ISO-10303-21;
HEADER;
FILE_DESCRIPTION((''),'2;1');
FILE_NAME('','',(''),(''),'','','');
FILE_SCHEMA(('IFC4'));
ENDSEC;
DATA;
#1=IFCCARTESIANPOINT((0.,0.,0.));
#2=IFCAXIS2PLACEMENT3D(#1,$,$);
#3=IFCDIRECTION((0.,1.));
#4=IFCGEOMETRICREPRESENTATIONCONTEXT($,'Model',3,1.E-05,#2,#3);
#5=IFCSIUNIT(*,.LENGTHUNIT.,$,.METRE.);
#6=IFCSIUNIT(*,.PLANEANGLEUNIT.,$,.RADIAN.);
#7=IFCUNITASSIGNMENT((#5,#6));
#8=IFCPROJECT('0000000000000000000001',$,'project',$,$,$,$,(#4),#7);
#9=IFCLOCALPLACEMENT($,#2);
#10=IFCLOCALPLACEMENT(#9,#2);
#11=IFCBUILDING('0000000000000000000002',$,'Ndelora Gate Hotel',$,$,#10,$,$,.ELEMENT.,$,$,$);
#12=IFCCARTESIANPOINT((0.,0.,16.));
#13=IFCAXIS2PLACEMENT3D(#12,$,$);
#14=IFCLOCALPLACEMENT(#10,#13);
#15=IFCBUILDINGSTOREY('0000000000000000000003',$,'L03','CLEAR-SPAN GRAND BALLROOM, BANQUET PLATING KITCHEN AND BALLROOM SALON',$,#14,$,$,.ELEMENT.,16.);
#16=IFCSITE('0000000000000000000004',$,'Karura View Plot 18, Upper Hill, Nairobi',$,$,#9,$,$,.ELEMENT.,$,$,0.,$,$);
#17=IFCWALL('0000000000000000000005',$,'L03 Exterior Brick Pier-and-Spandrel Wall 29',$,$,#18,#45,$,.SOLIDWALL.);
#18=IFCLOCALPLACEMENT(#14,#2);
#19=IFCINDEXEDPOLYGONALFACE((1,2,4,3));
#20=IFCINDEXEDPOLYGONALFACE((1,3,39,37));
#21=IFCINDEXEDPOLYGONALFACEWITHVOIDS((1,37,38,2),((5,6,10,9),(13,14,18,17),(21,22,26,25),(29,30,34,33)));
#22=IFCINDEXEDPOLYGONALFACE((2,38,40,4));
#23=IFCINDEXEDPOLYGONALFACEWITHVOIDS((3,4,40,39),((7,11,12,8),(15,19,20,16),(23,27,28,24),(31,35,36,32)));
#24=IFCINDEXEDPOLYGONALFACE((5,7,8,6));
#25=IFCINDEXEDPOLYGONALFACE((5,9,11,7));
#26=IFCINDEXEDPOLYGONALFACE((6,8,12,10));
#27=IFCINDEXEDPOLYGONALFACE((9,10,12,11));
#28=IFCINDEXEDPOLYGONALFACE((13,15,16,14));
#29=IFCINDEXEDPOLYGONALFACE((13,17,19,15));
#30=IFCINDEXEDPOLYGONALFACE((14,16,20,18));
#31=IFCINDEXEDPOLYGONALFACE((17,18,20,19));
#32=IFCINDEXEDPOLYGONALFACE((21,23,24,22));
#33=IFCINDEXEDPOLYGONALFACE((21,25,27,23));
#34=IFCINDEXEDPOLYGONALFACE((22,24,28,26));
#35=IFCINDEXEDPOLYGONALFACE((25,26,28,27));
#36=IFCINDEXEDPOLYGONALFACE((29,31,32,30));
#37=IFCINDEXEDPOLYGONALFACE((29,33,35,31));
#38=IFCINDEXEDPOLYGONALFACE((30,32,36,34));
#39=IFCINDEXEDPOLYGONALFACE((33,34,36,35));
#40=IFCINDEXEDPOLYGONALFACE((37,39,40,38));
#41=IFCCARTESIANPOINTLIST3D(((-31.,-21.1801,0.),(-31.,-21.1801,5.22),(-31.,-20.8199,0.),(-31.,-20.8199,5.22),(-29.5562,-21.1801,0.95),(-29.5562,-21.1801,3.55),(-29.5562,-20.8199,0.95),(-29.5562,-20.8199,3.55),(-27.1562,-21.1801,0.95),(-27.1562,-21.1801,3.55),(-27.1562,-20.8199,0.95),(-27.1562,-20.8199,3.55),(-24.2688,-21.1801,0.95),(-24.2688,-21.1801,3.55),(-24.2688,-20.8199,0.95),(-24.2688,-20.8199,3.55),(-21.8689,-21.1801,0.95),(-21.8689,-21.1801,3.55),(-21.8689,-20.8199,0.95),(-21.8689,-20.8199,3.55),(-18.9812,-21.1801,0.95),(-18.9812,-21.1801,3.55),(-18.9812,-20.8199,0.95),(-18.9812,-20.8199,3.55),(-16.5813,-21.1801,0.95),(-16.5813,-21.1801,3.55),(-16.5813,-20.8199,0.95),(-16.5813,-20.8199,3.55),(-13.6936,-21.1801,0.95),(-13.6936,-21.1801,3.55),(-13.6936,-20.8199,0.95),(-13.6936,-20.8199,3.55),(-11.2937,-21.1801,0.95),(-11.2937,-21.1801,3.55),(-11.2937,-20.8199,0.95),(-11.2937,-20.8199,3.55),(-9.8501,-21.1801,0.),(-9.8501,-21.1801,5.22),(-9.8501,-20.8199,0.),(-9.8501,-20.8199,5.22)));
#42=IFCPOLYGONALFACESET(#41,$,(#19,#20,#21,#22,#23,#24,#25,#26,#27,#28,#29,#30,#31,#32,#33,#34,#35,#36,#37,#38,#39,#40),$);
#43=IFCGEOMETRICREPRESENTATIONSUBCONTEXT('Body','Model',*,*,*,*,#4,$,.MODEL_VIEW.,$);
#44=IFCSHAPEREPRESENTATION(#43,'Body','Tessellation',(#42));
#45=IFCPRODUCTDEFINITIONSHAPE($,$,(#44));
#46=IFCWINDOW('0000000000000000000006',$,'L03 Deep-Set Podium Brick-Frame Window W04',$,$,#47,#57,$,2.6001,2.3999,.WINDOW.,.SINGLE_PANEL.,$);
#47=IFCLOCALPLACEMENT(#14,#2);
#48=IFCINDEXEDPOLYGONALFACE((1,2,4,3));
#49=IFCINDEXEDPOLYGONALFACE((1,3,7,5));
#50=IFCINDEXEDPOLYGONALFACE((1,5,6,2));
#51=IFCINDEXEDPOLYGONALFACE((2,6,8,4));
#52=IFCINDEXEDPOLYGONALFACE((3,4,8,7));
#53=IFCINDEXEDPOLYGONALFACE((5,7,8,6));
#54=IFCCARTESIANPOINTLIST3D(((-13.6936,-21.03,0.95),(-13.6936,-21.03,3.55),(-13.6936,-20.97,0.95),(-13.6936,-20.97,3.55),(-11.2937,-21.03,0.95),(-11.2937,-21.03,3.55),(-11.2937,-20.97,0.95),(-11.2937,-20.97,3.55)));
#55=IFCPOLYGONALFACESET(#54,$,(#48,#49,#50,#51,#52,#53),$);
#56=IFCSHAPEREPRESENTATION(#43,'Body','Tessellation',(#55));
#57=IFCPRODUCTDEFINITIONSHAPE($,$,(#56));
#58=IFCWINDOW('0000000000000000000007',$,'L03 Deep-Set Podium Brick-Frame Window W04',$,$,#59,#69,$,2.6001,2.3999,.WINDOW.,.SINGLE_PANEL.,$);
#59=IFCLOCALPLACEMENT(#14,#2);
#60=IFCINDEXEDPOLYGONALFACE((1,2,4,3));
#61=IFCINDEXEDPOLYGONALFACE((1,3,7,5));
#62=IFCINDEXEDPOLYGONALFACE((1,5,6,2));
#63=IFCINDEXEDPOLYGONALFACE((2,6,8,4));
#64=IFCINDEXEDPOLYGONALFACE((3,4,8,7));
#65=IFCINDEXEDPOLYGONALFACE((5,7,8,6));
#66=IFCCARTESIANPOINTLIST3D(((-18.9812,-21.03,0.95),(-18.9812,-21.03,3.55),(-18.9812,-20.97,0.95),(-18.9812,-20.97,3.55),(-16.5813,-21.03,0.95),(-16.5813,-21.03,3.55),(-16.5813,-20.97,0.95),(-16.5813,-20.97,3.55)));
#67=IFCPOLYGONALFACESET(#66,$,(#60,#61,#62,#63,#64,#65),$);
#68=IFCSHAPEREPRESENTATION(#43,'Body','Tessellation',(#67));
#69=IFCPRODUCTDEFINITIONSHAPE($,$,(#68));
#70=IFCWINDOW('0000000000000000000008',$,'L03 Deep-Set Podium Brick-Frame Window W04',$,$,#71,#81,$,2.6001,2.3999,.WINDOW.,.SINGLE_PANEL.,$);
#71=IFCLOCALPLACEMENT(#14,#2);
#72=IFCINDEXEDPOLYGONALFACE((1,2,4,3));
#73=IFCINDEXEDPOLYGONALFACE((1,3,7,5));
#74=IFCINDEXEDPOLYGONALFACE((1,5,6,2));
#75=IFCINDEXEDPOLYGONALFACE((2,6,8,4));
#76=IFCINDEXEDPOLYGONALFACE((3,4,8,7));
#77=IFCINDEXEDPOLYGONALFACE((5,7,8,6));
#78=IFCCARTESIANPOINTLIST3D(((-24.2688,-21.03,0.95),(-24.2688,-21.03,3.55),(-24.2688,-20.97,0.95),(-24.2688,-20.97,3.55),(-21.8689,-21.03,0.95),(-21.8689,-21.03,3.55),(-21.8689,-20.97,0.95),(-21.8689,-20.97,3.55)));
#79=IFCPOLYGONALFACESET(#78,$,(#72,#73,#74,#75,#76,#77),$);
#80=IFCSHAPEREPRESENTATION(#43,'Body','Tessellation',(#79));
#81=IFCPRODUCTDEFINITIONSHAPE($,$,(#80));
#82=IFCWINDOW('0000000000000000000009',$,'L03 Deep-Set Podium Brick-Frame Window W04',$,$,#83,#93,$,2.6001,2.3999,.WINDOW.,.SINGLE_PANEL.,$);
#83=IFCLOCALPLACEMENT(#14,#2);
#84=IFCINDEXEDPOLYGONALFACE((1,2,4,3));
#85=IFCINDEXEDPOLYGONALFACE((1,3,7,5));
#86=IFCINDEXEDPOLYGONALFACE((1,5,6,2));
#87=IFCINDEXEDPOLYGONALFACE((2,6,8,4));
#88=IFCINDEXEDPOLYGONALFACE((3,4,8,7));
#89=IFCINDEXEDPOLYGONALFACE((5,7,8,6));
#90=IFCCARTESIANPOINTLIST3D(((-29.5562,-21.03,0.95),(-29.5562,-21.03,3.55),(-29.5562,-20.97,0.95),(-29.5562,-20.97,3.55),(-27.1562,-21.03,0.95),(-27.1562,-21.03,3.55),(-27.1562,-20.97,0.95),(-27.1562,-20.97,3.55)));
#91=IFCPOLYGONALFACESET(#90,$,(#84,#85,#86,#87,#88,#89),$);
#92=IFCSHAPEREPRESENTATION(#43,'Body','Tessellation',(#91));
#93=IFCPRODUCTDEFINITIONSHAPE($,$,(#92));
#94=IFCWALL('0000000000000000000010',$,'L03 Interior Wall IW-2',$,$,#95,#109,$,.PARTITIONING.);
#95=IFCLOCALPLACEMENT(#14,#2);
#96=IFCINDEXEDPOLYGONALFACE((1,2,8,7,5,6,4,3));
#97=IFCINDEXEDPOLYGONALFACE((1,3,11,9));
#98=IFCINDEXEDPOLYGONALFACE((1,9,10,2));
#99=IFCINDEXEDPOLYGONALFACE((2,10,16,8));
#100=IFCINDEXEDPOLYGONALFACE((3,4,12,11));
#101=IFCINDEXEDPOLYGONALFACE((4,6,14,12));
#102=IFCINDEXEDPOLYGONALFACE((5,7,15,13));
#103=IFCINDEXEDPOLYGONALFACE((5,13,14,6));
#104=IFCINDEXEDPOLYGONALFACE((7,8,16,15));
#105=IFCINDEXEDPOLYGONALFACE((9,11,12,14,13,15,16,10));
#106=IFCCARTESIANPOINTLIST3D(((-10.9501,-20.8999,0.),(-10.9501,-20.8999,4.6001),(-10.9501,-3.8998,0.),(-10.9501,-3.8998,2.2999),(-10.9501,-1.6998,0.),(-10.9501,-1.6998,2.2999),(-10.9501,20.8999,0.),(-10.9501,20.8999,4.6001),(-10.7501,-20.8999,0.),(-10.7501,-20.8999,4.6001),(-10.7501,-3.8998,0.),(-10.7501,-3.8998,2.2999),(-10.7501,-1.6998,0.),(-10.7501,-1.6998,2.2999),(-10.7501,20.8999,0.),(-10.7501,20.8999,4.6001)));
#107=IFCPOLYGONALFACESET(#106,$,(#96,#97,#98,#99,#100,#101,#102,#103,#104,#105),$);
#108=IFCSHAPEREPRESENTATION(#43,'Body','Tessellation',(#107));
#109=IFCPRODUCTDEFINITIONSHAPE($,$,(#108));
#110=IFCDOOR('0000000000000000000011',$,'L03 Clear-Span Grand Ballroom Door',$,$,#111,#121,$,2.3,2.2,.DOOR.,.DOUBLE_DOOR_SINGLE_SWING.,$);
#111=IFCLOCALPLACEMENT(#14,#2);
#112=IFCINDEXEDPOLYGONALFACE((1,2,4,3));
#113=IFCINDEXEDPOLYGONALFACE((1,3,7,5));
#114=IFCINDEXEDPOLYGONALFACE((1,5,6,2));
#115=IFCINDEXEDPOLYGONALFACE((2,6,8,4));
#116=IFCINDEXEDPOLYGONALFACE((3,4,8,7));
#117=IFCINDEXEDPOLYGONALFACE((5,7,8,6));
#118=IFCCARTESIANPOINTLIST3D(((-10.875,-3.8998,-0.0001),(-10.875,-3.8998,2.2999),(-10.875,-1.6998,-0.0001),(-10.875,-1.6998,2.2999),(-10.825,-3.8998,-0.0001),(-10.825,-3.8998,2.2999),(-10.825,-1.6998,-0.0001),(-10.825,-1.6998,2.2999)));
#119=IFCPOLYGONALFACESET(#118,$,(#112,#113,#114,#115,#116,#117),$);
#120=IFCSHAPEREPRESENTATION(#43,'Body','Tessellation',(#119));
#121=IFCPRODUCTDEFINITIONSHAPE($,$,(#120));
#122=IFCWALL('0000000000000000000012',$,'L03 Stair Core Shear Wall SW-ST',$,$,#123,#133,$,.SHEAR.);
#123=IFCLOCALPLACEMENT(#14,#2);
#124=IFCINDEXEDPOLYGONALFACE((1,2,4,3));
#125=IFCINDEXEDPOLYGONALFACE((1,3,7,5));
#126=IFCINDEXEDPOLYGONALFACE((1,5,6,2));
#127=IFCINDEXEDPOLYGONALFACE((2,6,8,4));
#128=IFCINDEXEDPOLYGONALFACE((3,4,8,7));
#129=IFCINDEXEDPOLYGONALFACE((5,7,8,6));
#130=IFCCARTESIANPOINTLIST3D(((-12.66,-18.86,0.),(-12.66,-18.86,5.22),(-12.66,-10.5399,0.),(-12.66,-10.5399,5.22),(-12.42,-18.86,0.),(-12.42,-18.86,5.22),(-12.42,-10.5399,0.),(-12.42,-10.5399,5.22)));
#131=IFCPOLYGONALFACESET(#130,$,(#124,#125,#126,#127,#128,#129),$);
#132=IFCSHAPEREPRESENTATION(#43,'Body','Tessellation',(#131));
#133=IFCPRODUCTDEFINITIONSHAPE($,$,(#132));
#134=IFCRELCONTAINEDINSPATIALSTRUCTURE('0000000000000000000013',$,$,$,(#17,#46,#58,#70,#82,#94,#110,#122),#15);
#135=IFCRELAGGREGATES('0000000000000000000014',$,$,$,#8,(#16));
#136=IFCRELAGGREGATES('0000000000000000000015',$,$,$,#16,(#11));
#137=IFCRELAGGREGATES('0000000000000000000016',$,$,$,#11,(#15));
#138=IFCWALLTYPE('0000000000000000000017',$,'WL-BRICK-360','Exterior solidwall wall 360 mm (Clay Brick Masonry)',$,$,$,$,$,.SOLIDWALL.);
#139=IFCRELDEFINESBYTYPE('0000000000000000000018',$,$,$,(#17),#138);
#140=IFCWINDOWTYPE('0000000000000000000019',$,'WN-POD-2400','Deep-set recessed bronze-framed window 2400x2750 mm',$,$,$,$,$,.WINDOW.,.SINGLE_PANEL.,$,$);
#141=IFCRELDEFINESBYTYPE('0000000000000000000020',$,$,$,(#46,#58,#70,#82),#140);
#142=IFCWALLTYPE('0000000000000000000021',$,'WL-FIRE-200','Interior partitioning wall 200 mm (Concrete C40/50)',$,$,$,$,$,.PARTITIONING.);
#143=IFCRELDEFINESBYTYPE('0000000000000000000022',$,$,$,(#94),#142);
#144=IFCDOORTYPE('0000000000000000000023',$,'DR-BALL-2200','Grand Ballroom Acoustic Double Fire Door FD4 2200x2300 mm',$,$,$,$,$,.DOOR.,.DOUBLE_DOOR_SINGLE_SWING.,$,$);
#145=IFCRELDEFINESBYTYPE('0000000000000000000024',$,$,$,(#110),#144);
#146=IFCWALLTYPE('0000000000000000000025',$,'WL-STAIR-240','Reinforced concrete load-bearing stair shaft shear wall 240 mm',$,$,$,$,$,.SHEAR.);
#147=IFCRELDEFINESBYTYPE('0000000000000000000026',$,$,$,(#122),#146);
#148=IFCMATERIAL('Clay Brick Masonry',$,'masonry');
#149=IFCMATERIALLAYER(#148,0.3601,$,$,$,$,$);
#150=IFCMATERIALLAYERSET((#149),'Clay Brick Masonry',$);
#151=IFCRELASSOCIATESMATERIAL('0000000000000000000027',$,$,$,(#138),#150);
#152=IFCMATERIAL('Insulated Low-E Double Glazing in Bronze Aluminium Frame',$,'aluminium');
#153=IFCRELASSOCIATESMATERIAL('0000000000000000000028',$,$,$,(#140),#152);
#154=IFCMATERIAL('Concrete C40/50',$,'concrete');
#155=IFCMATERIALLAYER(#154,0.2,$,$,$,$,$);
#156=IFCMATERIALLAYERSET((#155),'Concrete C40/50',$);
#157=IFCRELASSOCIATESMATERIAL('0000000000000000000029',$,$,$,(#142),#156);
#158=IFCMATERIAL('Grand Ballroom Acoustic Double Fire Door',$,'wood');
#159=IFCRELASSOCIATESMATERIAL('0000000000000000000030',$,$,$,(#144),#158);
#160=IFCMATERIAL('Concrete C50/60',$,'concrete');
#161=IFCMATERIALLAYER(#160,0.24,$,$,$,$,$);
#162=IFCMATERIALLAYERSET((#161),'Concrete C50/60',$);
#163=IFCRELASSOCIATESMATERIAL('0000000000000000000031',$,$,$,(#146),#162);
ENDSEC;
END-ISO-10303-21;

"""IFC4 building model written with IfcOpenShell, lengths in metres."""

from ifc_helpers import new_model, si_unit, direction, frame, frame_2d, origin, place, context, subcontext, project, spatial, rectangle, extrude, material, layer, layer_set, type_object, element, fill, save


model = new_model("IFC4")

# Units and contexts
model_context = context("Model", 3, precision=1e-05, world=origin(), true_north=direction((0.0, 1.0)))
body_context = subcontext(model_context, "Body", "Model", "MODEL_VIEW")
ifc_project = project(units=[si_unit("LENGTHUNIT", "METRE"), si_unit("PLANEANGLEUNIT", "RADIAN")], contexts=[model_context])

# Site, building, storey
site_placement = place(None, origin())
site = spatial("IfcSite", under=ifc_project, at=site_placement, Name="Karura View Plot 18, Upper Hill, Nairobi", CompositionType="ELEMENT", RefElevation=0.0)
building_placement = place(site_placement, origin())
building = spatial("IfcBuilding", under=site, at=building_placement, Name="Ndelora Gate Hotel", CompositionType="ELEMENT")
storey_placement = place(building_placement, frame((0.0, 0.0, 16.0)))
storey = spatial("IfcBuildingStorey", under=building, at=storey_placement, Name="L03", Description="CLEAR-SPAN GRAND BALLROOM, BANQUET PLATING KITCHEN AND BALLROOM SALON", CompositionType="ELEMENT", Elevation=16.0)

# Wall, openings, windows
ifc_material_1 = material(Name="Clay Brick Masonry", Category="masonry")
ifc_layer_1 = layer(ifc_material_1, 0.3601)
ifc_layer_set_1 = layer_set([ifc_layer_1], Name="Clay Brick Masonry")
wall_type_1 = type_object("IfcWallType", Name="WL-BRICK-360", Description="Exterior solidwall wall 360 mm (Clay Brick Masonry)", PredefinedType="SOLIDWALL", material=ifc_layer_set_1)
wall_1_placement = place(storey_placement, frame((-9.8501, -21.0, 0.0), z_axis=(0.0, 0.0, 1.0), x_axis=(-1.0, 0.0, 0.0)))
wall_1 = element("IfcWall", 1, at=wall_1_placement, inside=storey, type_object=wall_type_1, Name="L03 Exterior Brick Pier-and-Spandrel Wall 29", PredefinedType="SOLIDWALL", context=body_context, shape_type="SweptSolid", body=[
    extrude(rectangle(XDim=21.1499, YDim=0.3601, at=frame_2d((10.575, 0.0))), origin(), (0.0, 0.0, 1.0), 5.22),
])
opening_1_placement = place(wall_1_placement, frame((1.4436, 0.0, 0.95)))
opening_1 = element("IfcOpeningElement", 2, at=opening_1_placement, cuts=wall_1, PredefinedType="OPENING", context=body_context, shape_type="SweptSolid", body=[
    extrude(rectangle(XDim=2.3999, YDim=2.6001, at=frame_2d((1.2, 1.3))), frame((0.0, 0.1899, 0.0), z_axis=(0.0, -1.0, 0.0), x_axis=(1.0, 0.0, 0.0)), (0.0, 0.0, 1.0), 0.3801),
])
opening_2_placement = place(wall_1_placement, frame((6.7312, 0.0, 0.95)))
opening_2 = element("IfcOpeningElement", 3, at=opening_2_placement, cuts=wall_1, PredefinedType="OPENING", context=body_context, shape_type="SweptSolid", body=[
    extrude(rectangle(XDim=2.3999, YDim=2.6001, at=frame_2d((1.2, 1.3))), frame((0.0, 0.1899, 0.0), z_axis=(0.0, -1.0, 0.0), x_axis=(1.0, 0.0, 0.0)), (0.0, 0.0, 1.0), 0.3801),
])
opening_3_placement = place(wall_1_placement, frame((12.0188, 0.0, 0.95)))
opening_3 = element("IfcOpeningElement", 4, at=opening_3_placement, cuts=wall_1, PredefinedType="OPENING", context=body_context, shape_type="SweptSolid", body=[
    extrude(rectangle(XDim=2.3999, YDim=2.6001, at=frame_2d((1.2, 1.3))), frame((0.0, 0.1899, 0.0), z_axis=(0.0, -1.0, 0.0), x_axis=(1.0, 0.0, 0.0)), (0.0, 0.0, 1.0), 0.3801),
])
opening_4_placement = place(wall_1_placement, frame((17.3062, 0.0, 0.95)))
opening_4 = element("IfcOpeningElement", 5, at=opening_4_placement, cuts=wall_1, PredefinedType="OPENING", context=body_context, shape_type="SweptSolid", body=[
    extrude(rectangle(XDim=2.3999, YDim=2.6001, at=frame_2d((1.2, 1.3))), frame((0.0, 0.1899, 0.0), z_axis=(0.0, -1.0, 0.0), x_axis=(1.0, 0.0, 0.0)), (0.0, 0.0, 1.0), 0.3801),
])
ifc_material_2 = material(Name="Insulated Low-E Double Glazing in Bronze Aluminium Frame", Category="aluminium")
window_type = type_object("IfcWindowType", Name="WN-POD-2400", Description="Deep-set recessed bronze-framed window 2400x2750 mm", PartitioningType="SINGLE_PANEL", PredefinedType="WINDOW", material=ifc_material_2)
window_1_placement = place(opening_1_placement, origin())
window_1 = element("IfcWindow", 6, at=window_1_placement, inside=storey, type_object=window_type, Name="L03 Deep-Set Podium Brick-Frame Window W04", OverallHeight=2.6001, OverallWidth=2.3999, PartitioningType="SINGLE_PANEL", PredefinedType="WINDOW", context=body_context, shape_type="SweptSolid", body=[
    extrude(rectangle(XDim=2.3999, YDim=2.6001, at=frame_2d((1.2, 1.3))), frame((0.0, 0.03, 0.0), z_axis=(0.0, -1.0, 0.0), x_axis=(1.0, 0.0, 0.0)), (0.0, 0.0, 1.0), 0.0601),
])
fill(opening_1, window_1)
window_2_placement = place(opening_2_placement, origin())
window_2 = element("IfcWindow", 7, at=window_2_placement, inside=storey, type_object=window_type, Name="L03 Deep-Set Podium Brick-Frame Window W04", OverallHeight=2.6001, OverallWidth=2.3999, PartitioningType="SINGLE_PANEL", PredefinedType="WINDOW", context=body_context, shape_type="SweptSolid", body=[
    extrude(rectangle(XDim=2.3999, YDim=2.6001, at=frame_2d((1.2, 1.3))), frame((0.0, 0.03, 0.0), z_axis=(0.0, -1.0, 0.0), x_axis=(1.0, 0.0, 0.0)), (0.0, 0.0, 1.0), 0.0601),
])
fill(opening_2, window_2)
window_3_placement = place(opening_3_placement, origin())
window_3 = element("IfcWindow", 8, at=window_3_placement, inside=storey, type_object=window_type, Name="L03 Deep-Set Podium Brick-Frame Window W04", OverallHeight=2.6001, OverallWidth=2.3999, PartitioningType="SINGLE_PANEL", PredefinedType="WINDOW", context=body_context, shape_type="SweptSolid", body=[
    extrude(rectangle(XDim=2.3999, YDim=2.6001, at=frame_2d((1.2, 1.3))), frame((0.0, 0.03, 0.0), z_axis=(0.0, -1.0, 0.0), x_axis=(1.0, 0.0, 0.0)), (0.0, 0.0, 1.0), 0.0601),
])
fill(opening_3, window_3)
window_4_placement = place(opening_4_placement, origin())
window_4 = element("IfcWindow", 9, at=window_4_placement, inside=storey, type_object=window_type, Name="L03 Deep-Set Podium Brick-Frame Window W04", OverallHeight=2.6001, OverallWidth=2.3999, PartitioningType="SINGLE_PANEL", PredefinedType="WINDOW", context=body_context, shape_type="SweptSolid", body=[
    extrude(rectangle(XDim=2.3999, YDim=2.6001, at=frame_2d((1.2, 1.3))), frame((0.0, 0.03, 0.0), z_axis=(0.0, -1.0, 0.0), x_axis=(1.0, 0.0, 0.0)), (0.0, 0.0, 1.0), 0.0601),
])
fill(opening_4, window_4)

# Wall, opening, door
ifc_material_3 = material(Name="Concrete C40/50", Category="concrete")
ifc_layer_2 = layer(ifc_material_3, 0.2)
ifc_layer_set_2 = layer_set([ifc_layer_2], Name="Concrete C40/50")
wall_type_2 = type_object("IfcWallType", Name="WL-FIRE-200", Description="Interior partitioning wall 200 mm (Concrete C40/50)", PredefinedType="PARTITIONING", material=ifc_layer_set_2)
wall_2_placement = place(storey_placement, frame((-10.8501, -20.8999, 0.0), z_axis=(0.0, 0.0, 1.0), x_axis=(0.0, 1.0, 0.0)))
wall_2 = element("IfcWall", 10, at=wall_2_placement, inside=storey, type_object=wall_type_2, Name="L03 Interior Wall IW-2", PredefinedType="PARTITIONING", context=body_context, shape_type="SweptSolid", body=[
    extrude(rectangle(XDim=41.7998, YDim=0.2, at=frame_2d((20.8999, 0.0))), origin(), (0.0, 0.0, 1.0), 4.6001),
])
opening_5_placement = place(wall_2_placement, frame((17.0, 0.0, 0.0)))
opening_5 = element("IfcOpeningElement", 11, at=opening_5_placement, cuts=wall_2, PredefinedType="OPENING", context=body_context, shape_type="SweptSolid", body=[
    extrude(rectangle(XDim=2.2, YDim=2.3, at=frame_2d((1.1001, 1.1499))), frame((0.0, 0.1099, 0.0), z_axis=(0.0, -1.0, 0.0), x_axis=(1.0, 0.0, 0.0)), (0.0, 0.0, 1.0), 0.22),
])
ifc_material_4 = material(Name="Grand Ballroom Acoustic Double Fire Door", Category="wood")
door_type = type_object("IfcDoorType", Name="DR-BALL-2200", Description="Grand Ballroom Acoustic Double Fire Door FD4 2200x2300 mm", OperationType="DOUBLE_DOOR_SINGLE_SWING", PredefinedType="DOOR", material=ifc_material_4)
door_placement = place(opening_5_placement, origin())
door = element("IfcDoor", 12, at=door_placement, inside=storey, type_object=door_type, Name="L03 Clear-Span Grand Ballroom Door", OperationType="DOUBLE_DOOR_SINGLE_SWING", OverallHeight=2.3, OverallWidth=2.2, PredefinedType="DOOR", context=body_context, shape_type="SweptSolid", body=[
    extrude(rectangle(XDim=2.2, YDim=2.3, at=frame_2d((1.1001, 1.1499))), frame((0.0, 0.0249, 0.0), z_axis=(0.0, -1.0, 0.0), x_axis=(1.0, 0.0, 0.0)), (0.0, 0.0, 1.0), 0.05),
])
fill(opening_5, door)

# Wall
ifc_material_5 = material(Name="Concrete C50/60", Category="concrete")
ifc_layer_3 = layer(ifc_material_5, 0.24)
ifc_layer_set_3 = layer_set([ifc_layer_3], Name="Concrete C50/60")
wall_type_3 = type_object("IfcWallType", Name="WL-STAIR-240", Description="Reinforced concrete load-bearing stair shaft shear wall 240 mm", PredefinedType="SHEAR", material=ifc_layer_set_3)
wall_3_placement = place(storey_placement, frame((-12.54, -18.8601, 0.0), z_axis=(0.0, 0.0, 1.0), x_axis=(0.0, 1.0, 0.0)))
element("IfcWall", 13, at=wall_3_placement, inside=storey, type_object=wall_type_3, Name="L03 Stair Core Shear Wall SW-ST", PredefinedType="SHEAR", context=body_context, shape_type="SweptSolid", body=[
    extrude(rectangle(XDim=8.3201, YDim=0.24, at=frame_2d((4.1602, 0.0))), origin(), (0.0, 0.0, 1.0), 5.22),
])

save(model, "model.ifc")
